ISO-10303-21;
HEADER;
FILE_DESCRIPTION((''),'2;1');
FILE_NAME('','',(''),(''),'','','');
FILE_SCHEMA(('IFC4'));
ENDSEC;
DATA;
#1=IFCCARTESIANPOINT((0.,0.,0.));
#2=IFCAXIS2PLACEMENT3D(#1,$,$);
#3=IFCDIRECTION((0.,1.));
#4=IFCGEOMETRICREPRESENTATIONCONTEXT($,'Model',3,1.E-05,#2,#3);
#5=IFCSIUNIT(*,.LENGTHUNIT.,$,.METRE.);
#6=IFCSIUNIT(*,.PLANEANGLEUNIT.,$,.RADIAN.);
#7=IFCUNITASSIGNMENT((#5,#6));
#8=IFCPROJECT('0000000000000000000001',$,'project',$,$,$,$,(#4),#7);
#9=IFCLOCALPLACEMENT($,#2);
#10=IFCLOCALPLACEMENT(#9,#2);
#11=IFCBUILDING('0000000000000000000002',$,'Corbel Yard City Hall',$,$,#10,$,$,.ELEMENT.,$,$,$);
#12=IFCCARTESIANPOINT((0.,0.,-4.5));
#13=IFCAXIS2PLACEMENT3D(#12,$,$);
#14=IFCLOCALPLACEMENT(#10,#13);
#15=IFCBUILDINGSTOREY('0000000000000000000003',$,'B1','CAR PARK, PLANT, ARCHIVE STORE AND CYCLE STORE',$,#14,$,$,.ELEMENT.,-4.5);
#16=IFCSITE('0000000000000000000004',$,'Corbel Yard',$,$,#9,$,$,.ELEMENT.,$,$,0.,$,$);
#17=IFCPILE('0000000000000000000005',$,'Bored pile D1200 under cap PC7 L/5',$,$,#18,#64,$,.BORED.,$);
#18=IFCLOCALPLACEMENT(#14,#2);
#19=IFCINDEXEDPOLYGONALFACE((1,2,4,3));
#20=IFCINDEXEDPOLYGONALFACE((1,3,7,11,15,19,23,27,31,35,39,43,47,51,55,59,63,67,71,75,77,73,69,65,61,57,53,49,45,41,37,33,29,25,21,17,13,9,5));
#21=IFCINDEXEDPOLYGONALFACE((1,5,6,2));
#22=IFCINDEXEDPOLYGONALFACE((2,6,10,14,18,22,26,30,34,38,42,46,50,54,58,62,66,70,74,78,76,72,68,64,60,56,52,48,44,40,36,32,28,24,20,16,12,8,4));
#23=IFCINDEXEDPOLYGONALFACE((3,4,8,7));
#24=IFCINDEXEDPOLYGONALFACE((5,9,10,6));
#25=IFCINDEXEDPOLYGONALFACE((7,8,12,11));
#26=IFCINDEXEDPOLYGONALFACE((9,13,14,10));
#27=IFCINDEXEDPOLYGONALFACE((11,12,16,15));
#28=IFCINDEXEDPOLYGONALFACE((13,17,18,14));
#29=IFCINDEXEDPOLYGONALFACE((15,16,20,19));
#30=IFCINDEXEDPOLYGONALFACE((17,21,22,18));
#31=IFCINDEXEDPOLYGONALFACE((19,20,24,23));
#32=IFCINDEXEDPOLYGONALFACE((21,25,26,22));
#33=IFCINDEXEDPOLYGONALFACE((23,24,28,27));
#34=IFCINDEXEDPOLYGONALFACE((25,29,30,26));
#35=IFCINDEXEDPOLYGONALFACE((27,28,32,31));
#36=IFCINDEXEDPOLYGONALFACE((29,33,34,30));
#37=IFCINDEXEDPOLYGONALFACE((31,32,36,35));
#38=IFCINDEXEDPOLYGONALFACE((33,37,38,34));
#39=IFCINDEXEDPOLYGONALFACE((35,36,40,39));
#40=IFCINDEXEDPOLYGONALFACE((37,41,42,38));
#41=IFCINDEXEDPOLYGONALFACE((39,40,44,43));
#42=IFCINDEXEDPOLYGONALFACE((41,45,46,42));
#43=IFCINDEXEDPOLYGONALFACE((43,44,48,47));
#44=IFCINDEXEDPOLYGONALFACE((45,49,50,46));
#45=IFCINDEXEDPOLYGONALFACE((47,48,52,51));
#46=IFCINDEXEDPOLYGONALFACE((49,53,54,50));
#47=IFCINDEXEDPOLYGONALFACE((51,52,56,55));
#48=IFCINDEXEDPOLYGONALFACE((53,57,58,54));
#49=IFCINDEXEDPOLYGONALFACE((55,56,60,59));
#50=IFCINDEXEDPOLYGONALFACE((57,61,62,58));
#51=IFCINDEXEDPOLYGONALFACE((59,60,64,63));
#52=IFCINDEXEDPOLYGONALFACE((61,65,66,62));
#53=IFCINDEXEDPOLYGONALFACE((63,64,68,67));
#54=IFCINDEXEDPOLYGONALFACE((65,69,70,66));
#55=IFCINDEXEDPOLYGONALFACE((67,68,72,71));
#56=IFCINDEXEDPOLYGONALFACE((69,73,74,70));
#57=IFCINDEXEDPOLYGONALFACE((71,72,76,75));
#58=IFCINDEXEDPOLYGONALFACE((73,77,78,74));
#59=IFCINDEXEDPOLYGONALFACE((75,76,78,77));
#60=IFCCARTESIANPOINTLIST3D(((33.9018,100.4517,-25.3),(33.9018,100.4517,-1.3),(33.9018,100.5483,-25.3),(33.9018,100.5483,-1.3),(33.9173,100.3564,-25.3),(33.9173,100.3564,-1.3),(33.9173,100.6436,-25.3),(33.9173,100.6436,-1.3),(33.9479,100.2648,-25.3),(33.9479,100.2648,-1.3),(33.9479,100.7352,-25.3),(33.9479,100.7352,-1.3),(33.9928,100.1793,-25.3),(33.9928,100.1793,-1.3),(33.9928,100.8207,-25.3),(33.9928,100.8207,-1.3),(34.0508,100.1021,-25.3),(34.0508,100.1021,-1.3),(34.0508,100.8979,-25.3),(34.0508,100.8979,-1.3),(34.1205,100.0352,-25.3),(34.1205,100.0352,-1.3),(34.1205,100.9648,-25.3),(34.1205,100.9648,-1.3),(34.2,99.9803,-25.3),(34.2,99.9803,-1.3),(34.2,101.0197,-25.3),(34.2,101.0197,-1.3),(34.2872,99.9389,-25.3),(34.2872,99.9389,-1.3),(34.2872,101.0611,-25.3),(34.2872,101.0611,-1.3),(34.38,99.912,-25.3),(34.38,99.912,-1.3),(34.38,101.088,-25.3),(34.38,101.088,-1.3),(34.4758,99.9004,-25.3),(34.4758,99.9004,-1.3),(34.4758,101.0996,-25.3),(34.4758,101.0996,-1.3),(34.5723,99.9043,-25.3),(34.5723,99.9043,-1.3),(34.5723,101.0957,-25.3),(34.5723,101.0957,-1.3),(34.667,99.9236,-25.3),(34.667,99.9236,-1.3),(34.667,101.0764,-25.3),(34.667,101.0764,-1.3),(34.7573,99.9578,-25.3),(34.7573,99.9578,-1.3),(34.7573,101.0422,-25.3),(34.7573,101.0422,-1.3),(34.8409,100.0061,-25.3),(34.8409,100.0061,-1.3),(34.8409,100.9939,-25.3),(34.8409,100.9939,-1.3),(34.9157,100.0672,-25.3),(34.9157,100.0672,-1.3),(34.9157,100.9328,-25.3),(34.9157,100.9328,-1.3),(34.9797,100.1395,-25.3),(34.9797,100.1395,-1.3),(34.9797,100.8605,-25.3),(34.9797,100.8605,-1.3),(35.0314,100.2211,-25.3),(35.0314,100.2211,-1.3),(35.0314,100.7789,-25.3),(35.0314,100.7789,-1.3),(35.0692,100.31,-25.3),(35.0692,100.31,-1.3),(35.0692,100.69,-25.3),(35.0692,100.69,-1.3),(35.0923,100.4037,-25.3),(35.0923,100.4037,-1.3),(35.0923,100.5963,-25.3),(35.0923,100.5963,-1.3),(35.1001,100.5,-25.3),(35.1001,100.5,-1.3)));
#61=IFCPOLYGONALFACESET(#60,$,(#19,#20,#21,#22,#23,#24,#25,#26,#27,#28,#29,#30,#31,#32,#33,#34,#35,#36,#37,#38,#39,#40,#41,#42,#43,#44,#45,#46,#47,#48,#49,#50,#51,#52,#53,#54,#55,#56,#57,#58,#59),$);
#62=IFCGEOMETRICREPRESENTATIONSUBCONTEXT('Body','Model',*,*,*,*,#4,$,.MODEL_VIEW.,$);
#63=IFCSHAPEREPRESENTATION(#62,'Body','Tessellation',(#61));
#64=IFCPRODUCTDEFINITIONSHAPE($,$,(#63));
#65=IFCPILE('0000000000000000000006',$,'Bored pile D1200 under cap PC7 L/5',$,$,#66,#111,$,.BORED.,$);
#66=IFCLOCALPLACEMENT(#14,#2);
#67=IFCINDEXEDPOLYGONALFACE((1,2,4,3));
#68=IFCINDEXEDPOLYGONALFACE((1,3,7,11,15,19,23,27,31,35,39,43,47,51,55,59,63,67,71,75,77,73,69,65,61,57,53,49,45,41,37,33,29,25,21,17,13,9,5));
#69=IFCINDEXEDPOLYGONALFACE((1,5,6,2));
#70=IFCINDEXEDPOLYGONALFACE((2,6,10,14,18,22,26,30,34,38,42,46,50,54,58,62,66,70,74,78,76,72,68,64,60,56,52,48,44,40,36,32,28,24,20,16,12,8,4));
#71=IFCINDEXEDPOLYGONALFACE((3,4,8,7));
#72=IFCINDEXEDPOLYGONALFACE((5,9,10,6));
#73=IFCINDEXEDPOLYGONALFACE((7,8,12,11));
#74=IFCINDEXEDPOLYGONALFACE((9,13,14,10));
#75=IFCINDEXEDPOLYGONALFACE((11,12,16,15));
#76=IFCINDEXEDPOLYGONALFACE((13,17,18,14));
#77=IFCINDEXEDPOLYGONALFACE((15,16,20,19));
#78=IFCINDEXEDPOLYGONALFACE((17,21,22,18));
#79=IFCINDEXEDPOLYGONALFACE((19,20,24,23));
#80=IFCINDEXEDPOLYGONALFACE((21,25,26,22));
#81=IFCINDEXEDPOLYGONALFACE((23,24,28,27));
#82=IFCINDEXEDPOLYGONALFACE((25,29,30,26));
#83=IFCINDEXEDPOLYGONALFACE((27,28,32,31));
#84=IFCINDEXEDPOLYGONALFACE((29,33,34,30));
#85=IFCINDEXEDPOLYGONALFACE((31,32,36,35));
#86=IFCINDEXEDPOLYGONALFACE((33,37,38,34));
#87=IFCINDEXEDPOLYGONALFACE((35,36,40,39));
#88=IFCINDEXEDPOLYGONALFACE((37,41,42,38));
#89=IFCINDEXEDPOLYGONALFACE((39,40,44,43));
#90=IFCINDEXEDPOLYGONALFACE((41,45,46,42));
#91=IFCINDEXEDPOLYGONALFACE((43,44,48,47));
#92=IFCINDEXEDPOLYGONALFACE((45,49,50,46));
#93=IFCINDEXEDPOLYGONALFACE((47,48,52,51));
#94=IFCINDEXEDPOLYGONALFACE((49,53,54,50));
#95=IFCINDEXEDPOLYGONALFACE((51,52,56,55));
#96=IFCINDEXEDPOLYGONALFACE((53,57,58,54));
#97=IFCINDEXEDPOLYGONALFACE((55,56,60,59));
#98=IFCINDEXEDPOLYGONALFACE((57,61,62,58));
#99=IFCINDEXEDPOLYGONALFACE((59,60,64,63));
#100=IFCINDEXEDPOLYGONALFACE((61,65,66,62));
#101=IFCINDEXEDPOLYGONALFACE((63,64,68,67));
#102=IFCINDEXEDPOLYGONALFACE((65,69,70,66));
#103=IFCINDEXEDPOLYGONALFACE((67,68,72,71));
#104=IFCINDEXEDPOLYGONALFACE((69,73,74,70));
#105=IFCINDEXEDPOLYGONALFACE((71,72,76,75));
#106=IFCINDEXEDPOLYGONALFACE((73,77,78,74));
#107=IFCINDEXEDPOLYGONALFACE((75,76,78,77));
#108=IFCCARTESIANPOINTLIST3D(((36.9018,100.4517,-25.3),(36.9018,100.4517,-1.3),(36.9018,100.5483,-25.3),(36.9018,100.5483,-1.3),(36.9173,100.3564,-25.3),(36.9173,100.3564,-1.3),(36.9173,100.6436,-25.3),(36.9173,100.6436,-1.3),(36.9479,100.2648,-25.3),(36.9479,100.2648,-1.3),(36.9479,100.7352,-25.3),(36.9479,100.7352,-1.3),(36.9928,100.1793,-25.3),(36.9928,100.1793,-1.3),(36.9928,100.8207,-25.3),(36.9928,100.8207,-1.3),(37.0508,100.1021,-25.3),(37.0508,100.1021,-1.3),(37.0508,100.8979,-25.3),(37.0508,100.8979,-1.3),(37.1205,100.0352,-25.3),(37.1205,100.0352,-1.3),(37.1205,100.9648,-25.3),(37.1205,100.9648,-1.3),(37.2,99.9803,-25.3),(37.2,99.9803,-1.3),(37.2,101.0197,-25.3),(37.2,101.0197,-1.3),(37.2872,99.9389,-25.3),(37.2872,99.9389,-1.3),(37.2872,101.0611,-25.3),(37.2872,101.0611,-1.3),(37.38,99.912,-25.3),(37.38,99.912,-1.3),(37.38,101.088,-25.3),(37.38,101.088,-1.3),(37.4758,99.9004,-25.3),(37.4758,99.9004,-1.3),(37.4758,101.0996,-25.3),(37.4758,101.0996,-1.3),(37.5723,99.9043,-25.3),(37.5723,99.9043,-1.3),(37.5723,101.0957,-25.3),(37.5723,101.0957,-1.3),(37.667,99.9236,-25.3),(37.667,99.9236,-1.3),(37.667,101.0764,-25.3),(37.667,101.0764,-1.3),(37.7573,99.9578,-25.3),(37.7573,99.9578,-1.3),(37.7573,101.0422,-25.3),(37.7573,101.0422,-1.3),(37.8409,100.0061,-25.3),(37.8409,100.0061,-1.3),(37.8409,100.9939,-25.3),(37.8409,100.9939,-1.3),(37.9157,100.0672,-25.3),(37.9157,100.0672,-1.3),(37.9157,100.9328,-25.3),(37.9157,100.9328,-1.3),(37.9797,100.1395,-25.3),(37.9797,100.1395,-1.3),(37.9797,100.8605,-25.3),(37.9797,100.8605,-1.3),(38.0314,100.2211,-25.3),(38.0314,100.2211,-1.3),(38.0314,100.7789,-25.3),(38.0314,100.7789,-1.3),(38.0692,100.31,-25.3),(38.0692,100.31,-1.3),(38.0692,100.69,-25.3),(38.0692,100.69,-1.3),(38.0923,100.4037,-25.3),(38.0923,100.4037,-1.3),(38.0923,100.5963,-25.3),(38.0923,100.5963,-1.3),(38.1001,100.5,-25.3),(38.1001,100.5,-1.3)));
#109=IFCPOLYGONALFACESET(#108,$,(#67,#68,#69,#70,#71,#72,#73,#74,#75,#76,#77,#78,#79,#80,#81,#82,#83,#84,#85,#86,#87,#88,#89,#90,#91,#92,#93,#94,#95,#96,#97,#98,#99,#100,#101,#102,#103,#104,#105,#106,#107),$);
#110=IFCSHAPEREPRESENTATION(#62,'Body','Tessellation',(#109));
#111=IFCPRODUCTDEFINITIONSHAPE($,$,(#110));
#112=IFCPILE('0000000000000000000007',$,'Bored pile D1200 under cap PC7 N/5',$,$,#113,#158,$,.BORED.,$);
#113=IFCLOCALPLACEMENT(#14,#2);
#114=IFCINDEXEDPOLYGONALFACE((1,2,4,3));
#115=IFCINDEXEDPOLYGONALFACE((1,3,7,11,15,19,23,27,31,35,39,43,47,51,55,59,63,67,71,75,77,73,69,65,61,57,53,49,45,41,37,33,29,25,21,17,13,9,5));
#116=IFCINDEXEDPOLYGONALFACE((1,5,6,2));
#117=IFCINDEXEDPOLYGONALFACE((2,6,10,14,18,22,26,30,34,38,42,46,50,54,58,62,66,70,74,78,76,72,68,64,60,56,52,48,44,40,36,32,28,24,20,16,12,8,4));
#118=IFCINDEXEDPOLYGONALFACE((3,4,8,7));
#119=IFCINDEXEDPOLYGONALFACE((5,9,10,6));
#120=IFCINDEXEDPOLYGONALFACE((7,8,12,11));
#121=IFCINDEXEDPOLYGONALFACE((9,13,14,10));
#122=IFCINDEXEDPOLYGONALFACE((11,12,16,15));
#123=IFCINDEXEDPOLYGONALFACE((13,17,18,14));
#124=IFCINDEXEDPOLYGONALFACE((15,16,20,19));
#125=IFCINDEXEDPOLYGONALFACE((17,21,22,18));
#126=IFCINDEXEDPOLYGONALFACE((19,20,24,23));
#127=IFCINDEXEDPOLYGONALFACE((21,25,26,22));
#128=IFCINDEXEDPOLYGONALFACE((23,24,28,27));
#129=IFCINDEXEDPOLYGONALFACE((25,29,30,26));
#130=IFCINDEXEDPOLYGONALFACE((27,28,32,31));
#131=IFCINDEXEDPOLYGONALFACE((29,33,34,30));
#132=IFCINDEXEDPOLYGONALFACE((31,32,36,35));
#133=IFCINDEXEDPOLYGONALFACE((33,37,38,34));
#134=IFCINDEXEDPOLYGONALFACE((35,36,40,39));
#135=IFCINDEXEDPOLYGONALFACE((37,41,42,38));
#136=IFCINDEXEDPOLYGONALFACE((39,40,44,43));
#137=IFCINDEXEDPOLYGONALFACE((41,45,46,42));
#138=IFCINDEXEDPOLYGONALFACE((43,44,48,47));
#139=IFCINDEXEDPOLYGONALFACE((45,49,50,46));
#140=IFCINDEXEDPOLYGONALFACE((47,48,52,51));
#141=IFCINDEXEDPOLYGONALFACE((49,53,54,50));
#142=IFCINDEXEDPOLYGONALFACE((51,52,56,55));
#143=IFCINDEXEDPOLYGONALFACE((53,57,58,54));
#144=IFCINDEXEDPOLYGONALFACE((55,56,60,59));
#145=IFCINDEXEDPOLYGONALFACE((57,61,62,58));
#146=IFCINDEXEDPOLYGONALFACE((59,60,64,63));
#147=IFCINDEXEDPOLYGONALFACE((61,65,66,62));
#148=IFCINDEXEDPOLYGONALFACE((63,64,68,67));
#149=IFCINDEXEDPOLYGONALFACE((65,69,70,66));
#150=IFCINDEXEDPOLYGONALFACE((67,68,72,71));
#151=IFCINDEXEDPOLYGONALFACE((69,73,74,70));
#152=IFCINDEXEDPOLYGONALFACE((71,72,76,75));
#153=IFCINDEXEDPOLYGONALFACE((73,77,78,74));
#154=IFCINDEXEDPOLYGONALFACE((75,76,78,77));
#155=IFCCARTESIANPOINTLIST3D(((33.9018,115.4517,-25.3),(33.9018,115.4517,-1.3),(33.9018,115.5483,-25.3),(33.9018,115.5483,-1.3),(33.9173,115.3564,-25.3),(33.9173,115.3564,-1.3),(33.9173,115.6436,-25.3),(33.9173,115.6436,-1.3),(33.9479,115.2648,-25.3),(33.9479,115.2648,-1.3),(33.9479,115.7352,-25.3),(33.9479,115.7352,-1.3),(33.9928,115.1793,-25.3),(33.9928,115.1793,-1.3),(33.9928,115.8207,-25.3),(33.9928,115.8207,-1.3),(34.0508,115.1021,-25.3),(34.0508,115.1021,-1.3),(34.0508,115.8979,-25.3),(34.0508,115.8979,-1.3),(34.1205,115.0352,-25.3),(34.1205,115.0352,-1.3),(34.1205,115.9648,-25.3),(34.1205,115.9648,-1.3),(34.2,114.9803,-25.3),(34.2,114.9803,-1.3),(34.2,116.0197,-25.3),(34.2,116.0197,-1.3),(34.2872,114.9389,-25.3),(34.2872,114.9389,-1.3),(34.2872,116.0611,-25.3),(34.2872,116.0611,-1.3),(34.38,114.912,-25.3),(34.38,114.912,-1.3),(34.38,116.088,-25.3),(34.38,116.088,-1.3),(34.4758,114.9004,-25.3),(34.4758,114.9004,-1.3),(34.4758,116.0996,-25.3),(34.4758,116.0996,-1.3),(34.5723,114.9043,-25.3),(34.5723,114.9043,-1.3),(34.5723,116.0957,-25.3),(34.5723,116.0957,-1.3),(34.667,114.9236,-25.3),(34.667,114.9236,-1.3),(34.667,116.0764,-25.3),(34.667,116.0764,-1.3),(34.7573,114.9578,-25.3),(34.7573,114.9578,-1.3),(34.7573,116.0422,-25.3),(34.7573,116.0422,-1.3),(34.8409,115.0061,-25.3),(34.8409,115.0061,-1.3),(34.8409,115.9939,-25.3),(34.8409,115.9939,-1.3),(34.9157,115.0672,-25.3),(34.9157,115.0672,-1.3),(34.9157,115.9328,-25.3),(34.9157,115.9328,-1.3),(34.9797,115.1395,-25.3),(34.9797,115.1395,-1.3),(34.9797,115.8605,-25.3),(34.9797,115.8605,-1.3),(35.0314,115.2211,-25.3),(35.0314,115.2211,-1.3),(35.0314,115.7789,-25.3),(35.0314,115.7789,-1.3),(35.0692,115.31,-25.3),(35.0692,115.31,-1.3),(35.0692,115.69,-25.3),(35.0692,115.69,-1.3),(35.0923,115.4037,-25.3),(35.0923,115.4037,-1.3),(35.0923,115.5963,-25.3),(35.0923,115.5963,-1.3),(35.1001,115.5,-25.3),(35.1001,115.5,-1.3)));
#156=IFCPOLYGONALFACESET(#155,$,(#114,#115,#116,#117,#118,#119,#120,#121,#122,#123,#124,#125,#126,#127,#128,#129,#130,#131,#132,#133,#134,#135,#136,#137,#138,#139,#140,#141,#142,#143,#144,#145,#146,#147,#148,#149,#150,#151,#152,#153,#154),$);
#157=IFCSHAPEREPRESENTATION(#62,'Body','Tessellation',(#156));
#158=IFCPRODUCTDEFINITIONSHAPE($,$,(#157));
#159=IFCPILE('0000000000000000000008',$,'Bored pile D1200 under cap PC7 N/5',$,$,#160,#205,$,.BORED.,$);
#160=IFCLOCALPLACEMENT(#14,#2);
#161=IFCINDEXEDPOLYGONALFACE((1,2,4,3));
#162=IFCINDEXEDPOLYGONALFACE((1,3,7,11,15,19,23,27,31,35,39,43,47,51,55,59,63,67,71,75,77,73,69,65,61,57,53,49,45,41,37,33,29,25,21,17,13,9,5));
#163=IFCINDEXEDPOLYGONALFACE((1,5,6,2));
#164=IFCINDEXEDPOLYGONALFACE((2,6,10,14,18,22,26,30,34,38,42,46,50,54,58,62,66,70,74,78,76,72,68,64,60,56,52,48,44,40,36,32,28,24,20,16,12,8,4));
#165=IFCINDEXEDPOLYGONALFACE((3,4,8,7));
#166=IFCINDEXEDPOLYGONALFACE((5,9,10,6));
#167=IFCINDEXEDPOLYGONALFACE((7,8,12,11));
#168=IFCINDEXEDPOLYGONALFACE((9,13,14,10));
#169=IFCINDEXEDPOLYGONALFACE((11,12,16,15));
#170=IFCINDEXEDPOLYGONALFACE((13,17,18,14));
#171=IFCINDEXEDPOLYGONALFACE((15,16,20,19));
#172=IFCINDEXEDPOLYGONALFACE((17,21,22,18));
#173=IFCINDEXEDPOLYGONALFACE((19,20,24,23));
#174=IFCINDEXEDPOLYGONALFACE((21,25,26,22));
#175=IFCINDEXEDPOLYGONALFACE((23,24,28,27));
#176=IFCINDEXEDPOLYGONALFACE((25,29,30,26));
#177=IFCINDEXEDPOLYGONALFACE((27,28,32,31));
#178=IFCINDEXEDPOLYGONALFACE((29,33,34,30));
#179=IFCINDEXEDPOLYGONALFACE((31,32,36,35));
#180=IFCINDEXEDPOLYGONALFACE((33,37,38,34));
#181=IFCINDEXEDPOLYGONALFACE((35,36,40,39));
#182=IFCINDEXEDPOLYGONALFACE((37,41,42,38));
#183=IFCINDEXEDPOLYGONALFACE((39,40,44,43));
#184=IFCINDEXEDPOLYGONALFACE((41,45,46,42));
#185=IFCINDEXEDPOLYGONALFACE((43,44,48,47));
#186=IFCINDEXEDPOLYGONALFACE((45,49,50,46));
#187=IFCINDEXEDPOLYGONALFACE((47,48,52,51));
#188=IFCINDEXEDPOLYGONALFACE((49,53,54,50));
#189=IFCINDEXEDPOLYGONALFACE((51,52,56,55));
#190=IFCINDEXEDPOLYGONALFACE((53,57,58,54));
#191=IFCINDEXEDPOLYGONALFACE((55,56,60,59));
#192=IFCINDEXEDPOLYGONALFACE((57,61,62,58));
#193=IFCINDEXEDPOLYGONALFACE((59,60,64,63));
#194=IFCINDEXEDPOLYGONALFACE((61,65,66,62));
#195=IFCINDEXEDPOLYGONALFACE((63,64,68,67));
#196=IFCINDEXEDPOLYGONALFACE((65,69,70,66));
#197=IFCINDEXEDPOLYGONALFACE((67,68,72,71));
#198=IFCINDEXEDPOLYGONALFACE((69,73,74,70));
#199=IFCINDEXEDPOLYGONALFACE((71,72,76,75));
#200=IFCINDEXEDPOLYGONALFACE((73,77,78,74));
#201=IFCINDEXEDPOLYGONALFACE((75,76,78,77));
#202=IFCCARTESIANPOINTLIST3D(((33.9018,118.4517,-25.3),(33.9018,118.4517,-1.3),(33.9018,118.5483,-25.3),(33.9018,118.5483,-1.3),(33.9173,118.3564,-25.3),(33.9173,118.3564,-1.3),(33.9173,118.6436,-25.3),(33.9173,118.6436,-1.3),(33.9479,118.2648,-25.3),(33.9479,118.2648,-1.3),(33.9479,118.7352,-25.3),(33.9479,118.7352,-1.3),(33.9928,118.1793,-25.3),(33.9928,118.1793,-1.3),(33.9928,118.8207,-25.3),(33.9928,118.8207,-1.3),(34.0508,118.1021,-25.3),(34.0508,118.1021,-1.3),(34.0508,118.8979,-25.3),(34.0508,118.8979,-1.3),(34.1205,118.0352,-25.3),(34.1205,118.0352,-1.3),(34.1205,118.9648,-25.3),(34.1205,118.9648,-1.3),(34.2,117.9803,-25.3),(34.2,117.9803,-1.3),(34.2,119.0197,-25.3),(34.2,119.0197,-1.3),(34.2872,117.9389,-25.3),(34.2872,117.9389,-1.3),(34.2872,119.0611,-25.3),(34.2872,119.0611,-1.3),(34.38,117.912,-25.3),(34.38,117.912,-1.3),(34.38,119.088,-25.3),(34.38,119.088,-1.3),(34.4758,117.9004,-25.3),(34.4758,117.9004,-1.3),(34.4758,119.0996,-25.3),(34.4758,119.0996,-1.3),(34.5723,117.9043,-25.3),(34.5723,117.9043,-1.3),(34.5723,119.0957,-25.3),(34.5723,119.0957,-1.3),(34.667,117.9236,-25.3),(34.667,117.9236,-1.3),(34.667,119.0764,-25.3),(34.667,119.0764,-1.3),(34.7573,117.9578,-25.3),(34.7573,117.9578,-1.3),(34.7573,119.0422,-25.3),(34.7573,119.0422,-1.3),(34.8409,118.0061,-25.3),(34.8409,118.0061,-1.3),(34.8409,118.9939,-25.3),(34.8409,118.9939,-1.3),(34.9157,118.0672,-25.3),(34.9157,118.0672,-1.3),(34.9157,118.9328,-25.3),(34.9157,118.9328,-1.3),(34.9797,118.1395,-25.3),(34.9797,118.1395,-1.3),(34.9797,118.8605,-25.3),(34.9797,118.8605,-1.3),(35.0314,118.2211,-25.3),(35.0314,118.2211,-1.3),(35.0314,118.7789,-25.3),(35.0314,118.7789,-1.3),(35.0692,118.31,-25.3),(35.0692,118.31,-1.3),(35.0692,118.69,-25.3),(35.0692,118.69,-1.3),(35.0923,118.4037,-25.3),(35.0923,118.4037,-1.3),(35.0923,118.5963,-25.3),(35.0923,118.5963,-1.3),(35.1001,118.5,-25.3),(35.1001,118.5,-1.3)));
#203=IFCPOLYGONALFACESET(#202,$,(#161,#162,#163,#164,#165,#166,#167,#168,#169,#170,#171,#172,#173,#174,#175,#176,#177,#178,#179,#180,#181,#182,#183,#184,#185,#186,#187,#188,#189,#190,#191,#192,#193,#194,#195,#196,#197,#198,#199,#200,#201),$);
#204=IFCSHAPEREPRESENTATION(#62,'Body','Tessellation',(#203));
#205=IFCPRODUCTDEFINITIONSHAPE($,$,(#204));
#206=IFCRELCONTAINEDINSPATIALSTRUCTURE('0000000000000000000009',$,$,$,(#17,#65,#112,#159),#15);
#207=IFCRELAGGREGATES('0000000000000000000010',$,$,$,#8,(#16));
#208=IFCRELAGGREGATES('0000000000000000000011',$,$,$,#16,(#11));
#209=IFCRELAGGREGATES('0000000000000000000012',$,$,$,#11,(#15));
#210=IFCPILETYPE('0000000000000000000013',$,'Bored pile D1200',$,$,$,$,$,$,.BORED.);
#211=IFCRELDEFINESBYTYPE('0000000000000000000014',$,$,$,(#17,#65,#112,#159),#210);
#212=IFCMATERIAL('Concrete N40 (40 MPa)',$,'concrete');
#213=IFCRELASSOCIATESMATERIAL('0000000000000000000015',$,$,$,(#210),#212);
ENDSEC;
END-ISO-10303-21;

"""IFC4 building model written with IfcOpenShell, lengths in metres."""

from ifc_helpers import new_model, si_unit, direction, frame, origin, origin_2d, place, context, subcontext, project, spatial, circle, extrude, material, material_profile, profile_set, type_object, element, save


model = new_model("IFC4")

# Units and contexts
model_context = context("Model", 3, precision=1e-05, world=origin(), true_north=direction((0.0, 1.0)))
body_context = subcontext(model_context, "Body", "Model", "MODEL_VIEW")
ifc_project = project(units=[si_unit("LENGTHUNIT", "METRE"), si_unit("PLANEANGLEUNIT", "RADIAN")], contexts=[model_context])

# Site, building, storey
site_placement = place(None, origin())
site = spatial("IfcSite", under=ifc_project, at=site_placement, Name="Corbel Yard", CompositionType="ELEMENT", RefElevation=0.0)
building_placement = place(site_placement, origin())
building = spatial("IfcBuilding", under=site, at=building_placement, Name="Corbel Yard City Hall", CompositionType="ELEMENT")
storey_placement = place(building_placement, frame((0.0, 0.0, -4.5)))
storey = spatial("IfcBuildingStorey", under=building, at=storey_placement, Name="B1", Description="CAR PARK, PLANT, ARCHIVE STORE AND CYCLE STORE", CompositionType="ELEMENT", Elevation=-4.5)

# Piles
ifc_material_1 = material(Name="Concrete N40 (40 MPa)", Category="concrete")
ifc_material_profile = material_profile(ifc_material_1, circle(Radius=0.6001, at=origin_2d()), Name="D1200")
ifc_profile_set = profile_set([ifc_material_profile], Name="Concrete N40 (40 MPa)")
pile_type = type_object("IfcPileType", Name="Bored pile D1200", PredefinedType="BORED", material=ifc_profile_set)
for number, where, z_axis, x_axis, name in (
    (1, (34.5, 100.5, -1.3), (0.0, 0.0, -1.0), (1.0, 0.0, 0.0), "Bored pile D1200 under cap PC7 L/5"),
    (2, (37.5, 100.5, -1.3), (0.0, 0.0, -1.0), (1.0, 0.0, 0.0), "Bored pile D1200 under cap PC7 L/5"),
    (3, (34.5, 115.5, -1.3), (0.0, 0.0, -1.0), (1.0, 0.0, 0.0), "Bored pile D1200 under cap PC7 N/5"),
    (4, (34.5, 118.5, -1.3), (0.0, 0.0, -1.0), (1.0, 0.0, 0.0), "Bored pile D1200 under cap PC7 N/5"),
):
    element("IfcPile", number, at=place(storey_placement, frame(where, z_axis=z_axis, x_axis=x_axis)), inside=storey, type_object=pile_type, Name=name, PredefinedType="BORED", context=body_context, shape_type="SweptSolid", body=[
        extrude(circle(Radius=0.6001, at=origin_2d()), origin(), (0.0, 0.0, 1.0), 24.0),
    ])

save(model, "model.ifc")
